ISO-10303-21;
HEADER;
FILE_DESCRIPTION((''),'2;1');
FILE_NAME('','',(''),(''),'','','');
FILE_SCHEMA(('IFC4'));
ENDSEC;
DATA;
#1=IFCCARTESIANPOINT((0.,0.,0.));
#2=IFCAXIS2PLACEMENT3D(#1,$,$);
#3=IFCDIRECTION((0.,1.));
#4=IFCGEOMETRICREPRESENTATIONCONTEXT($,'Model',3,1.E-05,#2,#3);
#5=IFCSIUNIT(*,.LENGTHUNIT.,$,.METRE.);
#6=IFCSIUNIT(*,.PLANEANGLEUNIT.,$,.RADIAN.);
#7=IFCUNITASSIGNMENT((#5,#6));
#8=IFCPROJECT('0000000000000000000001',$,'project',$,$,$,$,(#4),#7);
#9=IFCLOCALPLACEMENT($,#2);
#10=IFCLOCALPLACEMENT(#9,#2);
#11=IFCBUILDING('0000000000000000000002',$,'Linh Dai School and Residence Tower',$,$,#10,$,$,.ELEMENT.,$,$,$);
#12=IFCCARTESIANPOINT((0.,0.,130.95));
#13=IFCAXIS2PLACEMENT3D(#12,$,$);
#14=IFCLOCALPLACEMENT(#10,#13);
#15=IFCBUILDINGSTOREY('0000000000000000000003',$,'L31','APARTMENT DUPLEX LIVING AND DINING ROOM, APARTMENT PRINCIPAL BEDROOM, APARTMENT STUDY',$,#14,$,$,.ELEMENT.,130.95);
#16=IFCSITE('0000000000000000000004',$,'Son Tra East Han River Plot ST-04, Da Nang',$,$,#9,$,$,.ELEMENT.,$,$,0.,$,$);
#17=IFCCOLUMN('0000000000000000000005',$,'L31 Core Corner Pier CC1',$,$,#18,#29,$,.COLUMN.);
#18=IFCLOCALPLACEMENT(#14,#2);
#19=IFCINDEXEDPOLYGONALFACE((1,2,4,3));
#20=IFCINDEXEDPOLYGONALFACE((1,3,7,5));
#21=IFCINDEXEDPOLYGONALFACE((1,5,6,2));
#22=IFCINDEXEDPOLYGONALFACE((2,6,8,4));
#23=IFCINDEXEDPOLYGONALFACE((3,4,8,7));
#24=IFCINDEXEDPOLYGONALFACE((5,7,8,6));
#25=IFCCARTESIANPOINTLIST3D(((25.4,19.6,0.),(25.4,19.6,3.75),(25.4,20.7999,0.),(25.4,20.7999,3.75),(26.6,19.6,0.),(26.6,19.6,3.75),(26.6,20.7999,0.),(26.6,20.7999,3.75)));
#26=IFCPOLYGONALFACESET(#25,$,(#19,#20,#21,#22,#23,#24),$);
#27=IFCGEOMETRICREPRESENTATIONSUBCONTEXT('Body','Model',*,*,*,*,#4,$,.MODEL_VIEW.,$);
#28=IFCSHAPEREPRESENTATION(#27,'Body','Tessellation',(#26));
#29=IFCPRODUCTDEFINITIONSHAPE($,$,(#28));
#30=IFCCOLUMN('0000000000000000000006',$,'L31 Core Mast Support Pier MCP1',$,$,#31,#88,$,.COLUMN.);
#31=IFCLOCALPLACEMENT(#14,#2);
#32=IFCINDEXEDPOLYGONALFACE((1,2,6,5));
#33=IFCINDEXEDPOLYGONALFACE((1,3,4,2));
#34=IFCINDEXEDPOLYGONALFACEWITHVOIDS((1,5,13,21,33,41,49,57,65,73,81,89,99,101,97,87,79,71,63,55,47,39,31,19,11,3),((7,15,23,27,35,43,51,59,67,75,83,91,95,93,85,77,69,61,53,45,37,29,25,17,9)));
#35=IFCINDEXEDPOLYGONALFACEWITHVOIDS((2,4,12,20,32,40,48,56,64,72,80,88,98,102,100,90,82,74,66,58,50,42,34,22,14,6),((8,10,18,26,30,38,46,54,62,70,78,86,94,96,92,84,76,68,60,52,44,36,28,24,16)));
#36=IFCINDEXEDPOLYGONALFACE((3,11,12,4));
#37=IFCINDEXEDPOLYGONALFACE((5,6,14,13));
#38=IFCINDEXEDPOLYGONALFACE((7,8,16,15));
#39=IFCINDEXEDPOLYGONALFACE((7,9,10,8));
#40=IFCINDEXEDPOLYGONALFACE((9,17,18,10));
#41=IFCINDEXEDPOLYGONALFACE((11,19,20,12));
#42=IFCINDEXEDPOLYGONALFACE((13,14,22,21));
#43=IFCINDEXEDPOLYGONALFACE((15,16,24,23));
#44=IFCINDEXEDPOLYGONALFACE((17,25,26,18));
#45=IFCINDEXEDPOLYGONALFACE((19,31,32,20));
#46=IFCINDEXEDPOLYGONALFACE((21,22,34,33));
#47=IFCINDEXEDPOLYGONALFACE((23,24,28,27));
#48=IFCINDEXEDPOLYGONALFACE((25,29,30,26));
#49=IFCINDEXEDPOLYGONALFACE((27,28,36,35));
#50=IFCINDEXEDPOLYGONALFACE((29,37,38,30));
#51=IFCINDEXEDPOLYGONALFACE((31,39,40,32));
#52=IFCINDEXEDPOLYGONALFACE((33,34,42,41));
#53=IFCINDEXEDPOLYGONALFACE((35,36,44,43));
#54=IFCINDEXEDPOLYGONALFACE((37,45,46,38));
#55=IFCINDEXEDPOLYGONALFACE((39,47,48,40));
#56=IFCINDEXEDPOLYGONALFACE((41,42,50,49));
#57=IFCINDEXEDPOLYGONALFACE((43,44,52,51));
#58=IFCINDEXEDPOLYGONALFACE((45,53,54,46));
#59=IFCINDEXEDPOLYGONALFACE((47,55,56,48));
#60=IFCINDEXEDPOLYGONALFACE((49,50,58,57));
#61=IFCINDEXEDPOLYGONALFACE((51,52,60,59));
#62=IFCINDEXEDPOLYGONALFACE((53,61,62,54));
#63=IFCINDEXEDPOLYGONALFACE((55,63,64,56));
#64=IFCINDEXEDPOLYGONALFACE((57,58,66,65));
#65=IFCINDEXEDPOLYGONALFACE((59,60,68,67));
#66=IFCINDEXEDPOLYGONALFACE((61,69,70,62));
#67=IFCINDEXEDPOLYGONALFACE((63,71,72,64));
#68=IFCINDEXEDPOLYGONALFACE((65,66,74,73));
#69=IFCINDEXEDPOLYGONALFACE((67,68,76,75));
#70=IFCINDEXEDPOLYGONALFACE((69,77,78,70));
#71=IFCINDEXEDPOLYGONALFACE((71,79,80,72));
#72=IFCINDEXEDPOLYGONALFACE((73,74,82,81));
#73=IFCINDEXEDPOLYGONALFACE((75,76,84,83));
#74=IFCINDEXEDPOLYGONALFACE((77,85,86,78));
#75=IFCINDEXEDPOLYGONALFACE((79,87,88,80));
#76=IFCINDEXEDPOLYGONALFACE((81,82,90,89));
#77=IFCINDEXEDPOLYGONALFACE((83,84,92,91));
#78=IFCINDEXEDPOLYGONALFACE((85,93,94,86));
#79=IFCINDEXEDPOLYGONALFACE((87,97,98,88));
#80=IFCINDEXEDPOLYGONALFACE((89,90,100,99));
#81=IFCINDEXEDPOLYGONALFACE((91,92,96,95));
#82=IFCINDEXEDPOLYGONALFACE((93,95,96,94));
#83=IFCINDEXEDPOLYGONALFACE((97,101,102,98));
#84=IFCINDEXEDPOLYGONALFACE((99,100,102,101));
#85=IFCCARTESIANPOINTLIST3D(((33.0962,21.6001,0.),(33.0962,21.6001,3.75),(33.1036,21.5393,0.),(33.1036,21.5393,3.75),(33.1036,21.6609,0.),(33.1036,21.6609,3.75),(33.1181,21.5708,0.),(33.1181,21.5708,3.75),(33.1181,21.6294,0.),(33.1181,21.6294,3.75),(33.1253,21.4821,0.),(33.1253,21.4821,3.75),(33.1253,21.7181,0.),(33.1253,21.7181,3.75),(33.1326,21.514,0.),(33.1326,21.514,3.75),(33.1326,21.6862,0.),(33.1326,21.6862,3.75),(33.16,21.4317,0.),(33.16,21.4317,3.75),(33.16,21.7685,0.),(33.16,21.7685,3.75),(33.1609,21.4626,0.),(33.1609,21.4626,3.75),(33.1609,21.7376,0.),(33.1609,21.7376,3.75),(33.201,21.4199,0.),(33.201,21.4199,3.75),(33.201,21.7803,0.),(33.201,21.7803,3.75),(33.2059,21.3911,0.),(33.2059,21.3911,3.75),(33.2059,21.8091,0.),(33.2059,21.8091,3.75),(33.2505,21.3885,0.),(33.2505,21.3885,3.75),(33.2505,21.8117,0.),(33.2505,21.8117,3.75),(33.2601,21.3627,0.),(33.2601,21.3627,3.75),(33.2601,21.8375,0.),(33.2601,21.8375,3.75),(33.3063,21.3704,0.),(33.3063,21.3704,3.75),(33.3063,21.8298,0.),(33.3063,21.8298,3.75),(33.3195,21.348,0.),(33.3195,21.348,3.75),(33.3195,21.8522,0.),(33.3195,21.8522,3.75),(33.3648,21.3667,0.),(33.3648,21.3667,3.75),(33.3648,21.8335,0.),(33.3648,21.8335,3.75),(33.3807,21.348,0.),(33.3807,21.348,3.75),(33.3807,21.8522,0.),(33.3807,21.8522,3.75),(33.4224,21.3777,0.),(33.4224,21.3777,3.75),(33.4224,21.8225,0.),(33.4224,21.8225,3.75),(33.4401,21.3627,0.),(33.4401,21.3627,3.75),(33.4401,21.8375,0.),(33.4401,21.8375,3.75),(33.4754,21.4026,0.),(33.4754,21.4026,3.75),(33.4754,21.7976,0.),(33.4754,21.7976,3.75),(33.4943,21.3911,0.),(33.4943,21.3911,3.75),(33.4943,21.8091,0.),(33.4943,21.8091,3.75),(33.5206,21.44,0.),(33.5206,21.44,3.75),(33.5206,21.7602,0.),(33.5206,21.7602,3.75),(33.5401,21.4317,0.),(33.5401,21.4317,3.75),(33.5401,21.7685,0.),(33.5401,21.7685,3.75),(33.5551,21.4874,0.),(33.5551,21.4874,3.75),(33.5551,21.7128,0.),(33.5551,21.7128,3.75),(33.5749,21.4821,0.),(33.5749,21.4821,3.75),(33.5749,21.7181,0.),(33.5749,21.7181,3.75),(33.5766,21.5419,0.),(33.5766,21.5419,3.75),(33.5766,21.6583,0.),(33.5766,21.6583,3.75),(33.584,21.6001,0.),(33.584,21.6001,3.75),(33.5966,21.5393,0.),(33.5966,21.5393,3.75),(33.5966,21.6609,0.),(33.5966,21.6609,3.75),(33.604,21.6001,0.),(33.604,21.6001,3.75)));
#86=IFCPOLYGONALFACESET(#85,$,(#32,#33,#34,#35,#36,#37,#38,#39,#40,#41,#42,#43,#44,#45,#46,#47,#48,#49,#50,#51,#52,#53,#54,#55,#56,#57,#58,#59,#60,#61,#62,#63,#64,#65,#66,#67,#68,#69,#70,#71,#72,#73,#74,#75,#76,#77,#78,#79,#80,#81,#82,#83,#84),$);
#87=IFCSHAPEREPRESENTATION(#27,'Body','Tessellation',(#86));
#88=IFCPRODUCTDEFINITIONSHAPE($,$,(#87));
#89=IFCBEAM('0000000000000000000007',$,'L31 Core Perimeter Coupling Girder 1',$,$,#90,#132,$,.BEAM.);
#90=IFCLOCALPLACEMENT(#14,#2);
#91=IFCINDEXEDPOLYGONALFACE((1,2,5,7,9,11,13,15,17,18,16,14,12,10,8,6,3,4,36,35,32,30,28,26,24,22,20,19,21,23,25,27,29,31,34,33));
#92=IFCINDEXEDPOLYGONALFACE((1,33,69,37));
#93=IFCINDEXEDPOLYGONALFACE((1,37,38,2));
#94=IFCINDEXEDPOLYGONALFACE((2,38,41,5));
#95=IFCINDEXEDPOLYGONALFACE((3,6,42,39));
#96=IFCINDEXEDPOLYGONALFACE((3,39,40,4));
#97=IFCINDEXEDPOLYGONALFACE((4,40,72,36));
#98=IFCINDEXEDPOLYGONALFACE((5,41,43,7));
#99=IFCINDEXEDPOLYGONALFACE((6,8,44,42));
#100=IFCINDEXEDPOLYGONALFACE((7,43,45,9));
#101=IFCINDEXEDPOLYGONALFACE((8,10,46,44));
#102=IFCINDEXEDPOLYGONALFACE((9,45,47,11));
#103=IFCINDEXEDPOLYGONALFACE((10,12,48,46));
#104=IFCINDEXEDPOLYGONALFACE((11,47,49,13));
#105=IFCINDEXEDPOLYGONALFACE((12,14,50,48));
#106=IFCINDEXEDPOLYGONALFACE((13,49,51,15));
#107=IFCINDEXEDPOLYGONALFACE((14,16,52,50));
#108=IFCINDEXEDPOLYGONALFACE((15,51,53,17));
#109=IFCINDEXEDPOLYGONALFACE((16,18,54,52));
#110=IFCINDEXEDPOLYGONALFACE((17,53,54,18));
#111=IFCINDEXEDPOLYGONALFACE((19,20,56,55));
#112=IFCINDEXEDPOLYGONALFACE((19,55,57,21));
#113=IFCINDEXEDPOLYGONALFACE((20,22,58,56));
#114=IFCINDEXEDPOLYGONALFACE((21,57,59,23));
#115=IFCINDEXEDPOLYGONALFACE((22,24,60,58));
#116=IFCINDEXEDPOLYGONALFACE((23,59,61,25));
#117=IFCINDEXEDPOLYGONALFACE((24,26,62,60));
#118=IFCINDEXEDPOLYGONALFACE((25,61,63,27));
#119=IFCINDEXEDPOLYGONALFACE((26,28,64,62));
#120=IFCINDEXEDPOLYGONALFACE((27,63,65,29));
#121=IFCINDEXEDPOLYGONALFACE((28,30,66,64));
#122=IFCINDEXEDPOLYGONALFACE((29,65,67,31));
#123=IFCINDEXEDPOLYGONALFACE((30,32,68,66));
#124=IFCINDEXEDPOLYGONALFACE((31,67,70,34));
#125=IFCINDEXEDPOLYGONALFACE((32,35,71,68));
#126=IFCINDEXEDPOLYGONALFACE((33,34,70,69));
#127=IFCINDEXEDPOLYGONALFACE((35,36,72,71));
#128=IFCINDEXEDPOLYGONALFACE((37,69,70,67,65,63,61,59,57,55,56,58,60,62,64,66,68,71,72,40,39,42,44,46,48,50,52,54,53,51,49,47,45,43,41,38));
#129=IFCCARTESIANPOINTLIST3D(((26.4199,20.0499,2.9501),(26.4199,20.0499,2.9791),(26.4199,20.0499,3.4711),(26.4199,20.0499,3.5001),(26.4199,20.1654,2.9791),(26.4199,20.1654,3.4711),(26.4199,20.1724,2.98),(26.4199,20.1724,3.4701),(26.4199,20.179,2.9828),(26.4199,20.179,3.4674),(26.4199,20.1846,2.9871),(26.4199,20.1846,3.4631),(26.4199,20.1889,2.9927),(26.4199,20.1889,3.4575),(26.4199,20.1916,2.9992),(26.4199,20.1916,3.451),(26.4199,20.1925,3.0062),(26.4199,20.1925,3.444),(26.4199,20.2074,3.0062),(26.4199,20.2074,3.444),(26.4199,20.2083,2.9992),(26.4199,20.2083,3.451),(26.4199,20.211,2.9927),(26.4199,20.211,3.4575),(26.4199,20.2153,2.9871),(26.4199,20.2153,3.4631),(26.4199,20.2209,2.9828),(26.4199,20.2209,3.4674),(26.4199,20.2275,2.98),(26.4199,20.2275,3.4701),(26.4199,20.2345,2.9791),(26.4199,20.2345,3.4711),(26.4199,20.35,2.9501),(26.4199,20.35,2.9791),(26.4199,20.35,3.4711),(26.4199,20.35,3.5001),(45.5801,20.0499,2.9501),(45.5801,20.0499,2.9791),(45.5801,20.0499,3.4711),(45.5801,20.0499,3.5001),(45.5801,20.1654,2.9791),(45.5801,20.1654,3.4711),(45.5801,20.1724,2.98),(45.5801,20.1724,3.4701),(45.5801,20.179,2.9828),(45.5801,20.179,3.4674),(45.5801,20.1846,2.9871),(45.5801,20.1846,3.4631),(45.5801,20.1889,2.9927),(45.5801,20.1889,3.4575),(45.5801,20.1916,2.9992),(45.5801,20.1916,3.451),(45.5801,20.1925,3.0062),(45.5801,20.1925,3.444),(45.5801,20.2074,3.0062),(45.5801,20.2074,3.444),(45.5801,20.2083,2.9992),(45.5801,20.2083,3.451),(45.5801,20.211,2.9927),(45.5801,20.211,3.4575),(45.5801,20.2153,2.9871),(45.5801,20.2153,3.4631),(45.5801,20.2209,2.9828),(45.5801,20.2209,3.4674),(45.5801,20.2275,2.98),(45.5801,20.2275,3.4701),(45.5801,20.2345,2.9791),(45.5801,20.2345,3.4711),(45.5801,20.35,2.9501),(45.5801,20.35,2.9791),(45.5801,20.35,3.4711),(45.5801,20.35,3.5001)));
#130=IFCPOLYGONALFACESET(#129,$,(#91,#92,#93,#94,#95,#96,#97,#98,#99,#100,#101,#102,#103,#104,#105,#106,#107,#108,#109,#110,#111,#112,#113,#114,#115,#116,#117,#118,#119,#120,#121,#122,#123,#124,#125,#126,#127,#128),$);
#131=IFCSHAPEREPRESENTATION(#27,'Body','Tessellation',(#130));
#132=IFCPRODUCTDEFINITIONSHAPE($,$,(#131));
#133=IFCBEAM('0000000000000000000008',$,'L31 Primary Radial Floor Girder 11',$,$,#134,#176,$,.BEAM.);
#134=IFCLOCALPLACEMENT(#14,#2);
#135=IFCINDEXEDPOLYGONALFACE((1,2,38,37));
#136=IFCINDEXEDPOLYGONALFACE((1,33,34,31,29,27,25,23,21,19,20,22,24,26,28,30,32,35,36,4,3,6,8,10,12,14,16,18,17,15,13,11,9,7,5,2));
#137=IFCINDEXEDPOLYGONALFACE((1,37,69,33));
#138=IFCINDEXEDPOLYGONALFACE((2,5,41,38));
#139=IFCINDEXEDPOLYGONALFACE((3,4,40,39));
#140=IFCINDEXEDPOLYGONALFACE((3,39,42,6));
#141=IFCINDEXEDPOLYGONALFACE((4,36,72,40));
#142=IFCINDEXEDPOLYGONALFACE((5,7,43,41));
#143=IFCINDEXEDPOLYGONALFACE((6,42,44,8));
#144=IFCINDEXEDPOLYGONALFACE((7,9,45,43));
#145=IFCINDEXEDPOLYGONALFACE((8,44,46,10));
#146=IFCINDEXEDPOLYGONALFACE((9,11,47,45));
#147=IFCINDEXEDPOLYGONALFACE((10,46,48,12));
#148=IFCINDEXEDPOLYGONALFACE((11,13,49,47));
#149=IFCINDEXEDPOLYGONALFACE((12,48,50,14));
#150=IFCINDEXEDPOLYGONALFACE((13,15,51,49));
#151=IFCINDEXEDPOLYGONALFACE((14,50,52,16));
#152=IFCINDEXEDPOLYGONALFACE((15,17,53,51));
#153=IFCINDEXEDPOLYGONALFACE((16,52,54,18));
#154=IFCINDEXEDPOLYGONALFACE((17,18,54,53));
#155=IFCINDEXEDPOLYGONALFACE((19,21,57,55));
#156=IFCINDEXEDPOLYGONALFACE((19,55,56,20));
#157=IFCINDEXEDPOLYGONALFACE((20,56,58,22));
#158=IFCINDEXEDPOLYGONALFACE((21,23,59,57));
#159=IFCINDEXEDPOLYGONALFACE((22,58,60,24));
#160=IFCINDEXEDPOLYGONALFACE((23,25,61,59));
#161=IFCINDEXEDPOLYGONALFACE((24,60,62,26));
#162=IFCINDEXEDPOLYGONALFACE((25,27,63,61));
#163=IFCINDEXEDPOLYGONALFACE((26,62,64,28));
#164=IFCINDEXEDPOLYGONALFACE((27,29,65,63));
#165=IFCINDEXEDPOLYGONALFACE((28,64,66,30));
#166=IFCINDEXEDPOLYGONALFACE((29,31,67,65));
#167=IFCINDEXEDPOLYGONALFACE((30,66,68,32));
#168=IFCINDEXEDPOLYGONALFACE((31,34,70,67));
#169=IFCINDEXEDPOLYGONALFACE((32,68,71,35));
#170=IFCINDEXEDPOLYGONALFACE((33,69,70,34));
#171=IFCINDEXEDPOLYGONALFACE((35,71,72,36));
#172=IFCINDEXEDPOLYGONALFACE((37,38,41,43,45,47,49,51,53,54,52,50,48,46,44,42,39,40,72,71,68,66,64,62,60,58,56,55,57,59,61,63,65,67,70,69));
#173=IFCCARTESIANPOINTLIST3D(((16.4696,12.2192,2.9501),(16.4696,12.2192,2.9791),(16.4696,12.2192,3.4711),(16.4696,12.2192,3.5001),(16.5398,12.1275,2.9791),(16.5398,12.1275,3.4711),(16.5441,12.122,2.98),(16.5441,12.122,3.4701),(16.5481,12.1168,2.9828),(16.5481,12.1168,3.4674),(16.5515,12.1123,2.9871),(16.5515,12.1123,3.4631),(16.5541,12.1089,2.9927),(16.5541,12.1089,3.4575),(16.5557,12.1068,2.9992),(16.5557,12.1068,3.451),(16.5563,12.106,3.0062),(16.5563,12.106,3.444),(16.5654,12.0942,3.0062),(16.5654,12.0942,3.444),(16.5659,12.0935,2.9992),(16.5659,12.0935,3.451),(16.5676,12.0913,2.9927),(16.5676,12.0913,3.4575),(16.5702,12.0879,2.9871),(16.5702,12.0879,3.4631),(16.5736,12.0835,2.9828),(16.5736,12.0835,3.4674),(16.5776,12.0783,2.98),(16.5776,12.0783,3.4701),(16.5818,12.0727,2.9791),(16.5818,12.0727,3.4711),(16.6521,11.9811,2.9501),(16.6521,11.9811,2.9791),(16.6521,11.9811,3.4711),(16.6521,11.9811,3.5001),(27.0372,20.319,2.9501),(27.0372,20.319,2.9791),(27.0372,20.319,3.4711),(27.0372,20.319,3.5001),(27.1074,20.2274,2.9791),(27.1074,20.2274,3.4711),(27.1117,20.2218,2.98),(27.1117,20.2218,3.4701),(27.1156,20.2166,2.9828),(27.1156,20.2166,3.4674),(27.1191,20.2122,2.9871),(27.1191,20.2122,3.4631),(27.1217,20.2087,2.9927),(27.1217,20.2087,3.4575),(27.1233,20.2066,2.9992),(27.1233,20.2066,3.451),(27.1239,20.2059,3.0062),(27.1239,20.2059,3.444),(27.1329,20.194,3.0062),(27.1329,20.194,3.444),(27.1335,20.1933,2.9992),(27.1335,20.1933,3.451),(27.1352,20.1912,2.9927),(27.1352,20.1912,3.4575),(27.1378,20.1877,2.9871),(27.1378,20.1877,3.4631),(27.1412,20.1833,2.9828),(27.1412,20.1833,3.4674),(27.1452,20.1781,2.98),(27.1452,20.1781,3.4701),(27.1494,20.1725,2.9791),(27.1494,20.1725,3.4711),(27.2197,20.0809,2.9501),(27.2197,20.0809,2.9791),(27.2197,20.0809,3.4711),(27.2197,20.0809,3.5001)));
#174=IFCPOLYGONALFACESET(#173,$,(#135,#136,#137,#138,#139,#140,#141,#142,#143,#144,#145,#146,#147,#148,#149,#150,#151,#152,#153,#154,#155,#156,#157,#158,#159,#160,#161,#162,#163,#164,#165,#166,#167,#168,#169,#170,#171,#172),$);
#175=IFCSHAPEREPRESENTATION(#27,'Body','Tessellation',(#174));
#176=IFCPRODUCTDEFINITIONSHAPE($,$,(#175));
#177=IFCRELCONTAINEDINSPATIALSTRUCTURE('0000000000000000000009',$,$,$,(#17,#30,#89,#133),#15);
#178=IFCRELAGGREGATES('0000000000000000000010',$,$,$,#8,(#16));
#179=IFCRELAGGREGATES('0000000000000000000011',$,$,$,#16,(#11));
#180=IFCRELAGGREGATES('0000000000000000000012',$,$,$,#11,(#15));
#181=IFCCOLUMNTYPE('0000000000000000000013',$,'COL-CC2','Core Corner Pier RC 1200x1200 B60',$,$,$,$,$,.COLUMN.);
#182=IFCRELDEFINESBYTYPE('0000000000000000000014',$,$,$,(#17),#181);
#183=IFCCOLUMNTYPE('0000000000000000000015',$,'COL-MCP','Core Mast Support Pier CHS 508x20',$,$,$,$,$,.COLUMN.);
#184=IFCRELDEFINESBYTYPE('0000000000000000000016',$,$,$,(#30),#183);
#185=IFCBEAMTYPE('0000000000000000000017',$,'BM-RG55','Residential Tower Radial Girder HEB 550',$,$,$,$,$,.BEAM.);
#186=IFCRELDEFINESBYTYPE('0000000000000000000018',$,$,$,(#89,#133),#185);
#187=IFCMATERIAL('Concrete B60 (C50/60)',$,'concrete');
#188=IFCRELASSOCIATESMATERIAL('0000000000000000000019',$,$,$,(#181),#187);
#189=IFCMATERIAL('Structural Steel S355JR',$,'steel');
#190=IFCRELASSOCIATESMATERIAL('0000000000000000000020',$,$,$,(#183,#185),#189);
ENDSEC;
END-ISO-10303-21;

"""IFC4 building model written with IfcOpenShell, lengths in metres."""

from ifc_helpers import new_model, si_unit, direction, frame, origin, origin_2d, place, context, subcontext, project, spatial, rectangle, hollow_circle, i_section, extrude, material, material_profile, profile_set, type_object, element, save


model = new_model("IFC4")

# Units and contexts
model_context = context("Model", 3, precision=1e-05, world=origin(), true_north=direction((0.0, 1.0)))
body_context = subcontext(model_context, "Body", "Model", "MODEL_VIEW")
ifc_project = project(units=[si_unit("LENGTHUNIT", "METRE"), si_unit("PLANEANGLEUNIT", "RADIAN")], contexts=[model_context])

# Site, building, storey
site_placement = place(None, origin())
site = spatial("IfcSite", under=ifc_project, at=site_placement, Name="Son Tra East Han River Plot ST-04, Da Nang", CompositionType="ELEMENT", RefElevation=0.0)
building_placement = place(site_placement, origin())
building = spatial("IfcBuilding", under=site, at=building_placement, Name="Linh Dai School and Residence Tower", CompositionType="ELEMENT")
storey_placement = place(building_placement, frame((0.0, 0.0, 130.95)))
storey = spatial("IfcBuildingStorey", under=building, at=storey_placement, Name="L31", Description="APARTMENT DUPLEX LIVING AND DINING ROOM, APARTMENT PRINCIPAL BEDROOM, APARTMENT STUDY", CompositionType="ELEMENT", Elevation=130.95)

# Columns
ifc_material_1 = material(Name="Concrete B60 (C50/60)", Category="concrete")
ifc_material_profile_1 = material_profile(ifc_material_1, rectangle(XDim=1.2, YDim=1.2, at=origin_2d()), Name="RC 1200x1200")
ifc_profile_set_1 = profile_set([ifc_material_profile_1], Name="Concrete B60 (C50/60)")
column_type_1 = type_object("IfcColumnType", Name="COL-CC2", Description="Core Corner Pier RC 1200x1200 B60", PredefinedType="COLUMN", material=ifc_profile_set_1)
column_1_placement = place(storey_placement, frame((26.0, 20.2, 0.0), z_axis=(0.0, 0.0, 1.0), x_axis=(1.0, 0.0, 0.0)))
element("IfcColumn", 1, at=column_1_placement, inside=storey, type_object=column_type_1, Name="L31 Core Corner Pier CC1", PredefinedType="COLUMN", context=body_context, shape_type="SweptSolid", body=[
    extrude(rectangle(XDim=1.2, YDim=1.2, at=origin_2d()), origin(), (0.0, 0.0, 1.0), 3.75),
])
ifc_material_2 = material(Name="Structural Steel S355JR", Category="steel")
ifc_material_profile_2 = material_profile(ifc_material_2, hollow_circle(Radius=0.2539, WallThickness=0.02, at=origin_2d()), Name="CHS 508x20")
ifc_profile_set_2 = profile_set([ifc_material_profile_2], Name="Structural Steel S355JR")
column_type_2 = type_object("IfcColumnType", Name="COL-MCP", Description="Core Mast Support Pier CHS 508x20", PredefinedType="COLUMN", material=ifc_profile_set_2)
column_2_placement = place(storey_placement, frame((33.3501, 21.6001, 0.0), z_axis=(0.0, 0.0, 1.0), x_axis=(1.0, 0.0, 0.0)))
element("IfcColumn", 2, at=column_2_placement, inside=storey, type_object=column_type_2, Name="L31 Core Mast Support Pier MCP1", PredefinedType="COLUMN", context=body_context, shape_type="SweptSolid", body=[
    extrude(hollow_circle(Radius=0.2539, WallThickness=0.02, at=origin_2d()), origin(), (0.0, 0.0, 1.0), 3.75),
])

# Beams
ifc_material_profile_3 = material_profile(ifc_material_2, i_section(OverallWidth=0.3, OverallDepth=0.55, WebThickness=0.0149, FlangeThickness=0.0291, FilletRadius=0.0271, at=origin_2d()), Name="HEB 550")
ifc_profile_set_3 = profile_set([ifc_material_profile_3], Name="Structural Steel S355JR")
beam_type_1 = type_object("IfcBeamType", Name="BM-RG55", Description="Residential Tower Radial Girder HEB 550", PredefinedType="BEAM", material=ifc_profile_set_3)
beam_1_placement = place(storey_placement, frame((26.4199, 20.2, 3.2251), z_axis=(1.0, 0.0, 0.0), x_axis=(0.0, 1.0, 0.0)))
element("IfcBeam", 3, at=beam_1_placement, inside=storey, type_object=beam_type_1, Name="L31 Core Perimeter Coupling Girder 1", PredefinedType="BEAM", context=body_context, shape_type="SweptSolid", body=[
    extrude(i_section(OverallWidth=0.3, OverallDepth=0.55, WebThickness=0.0149, FlangeThickness=0.0291, FilletRadius=0.0271, at=origin_2d()), origin(), (0.0, 0.0, 1.0), 19.1602),
])
beam_2_placement = place(storey_placement, frame((27.1284, 20.2, 3.2251), z_axis=(-0.793679, -0.608337, 0.0), x_axis=(0.608337, -0.793679, 0.0)))
element("IfcBeam", 4, at=beam_2_placement, inside=storey, type_object=beam_type_1, Name="L31 Primary Radial Floor Girder 11", PredefinedType="BEAM", context=body_context, shape_type="SweptSolid", body=[
    extrude(i_section(OverallWidth=0.3, OverallDepth=0.55, WebThickness=0.0149, FlangeThickness=0.0291, FilletRadius=0.0271, at=origin_2d()), origin(), (0.0, 0.0, 1.0), 13.3147),
])

save(model, "model.ifc")
